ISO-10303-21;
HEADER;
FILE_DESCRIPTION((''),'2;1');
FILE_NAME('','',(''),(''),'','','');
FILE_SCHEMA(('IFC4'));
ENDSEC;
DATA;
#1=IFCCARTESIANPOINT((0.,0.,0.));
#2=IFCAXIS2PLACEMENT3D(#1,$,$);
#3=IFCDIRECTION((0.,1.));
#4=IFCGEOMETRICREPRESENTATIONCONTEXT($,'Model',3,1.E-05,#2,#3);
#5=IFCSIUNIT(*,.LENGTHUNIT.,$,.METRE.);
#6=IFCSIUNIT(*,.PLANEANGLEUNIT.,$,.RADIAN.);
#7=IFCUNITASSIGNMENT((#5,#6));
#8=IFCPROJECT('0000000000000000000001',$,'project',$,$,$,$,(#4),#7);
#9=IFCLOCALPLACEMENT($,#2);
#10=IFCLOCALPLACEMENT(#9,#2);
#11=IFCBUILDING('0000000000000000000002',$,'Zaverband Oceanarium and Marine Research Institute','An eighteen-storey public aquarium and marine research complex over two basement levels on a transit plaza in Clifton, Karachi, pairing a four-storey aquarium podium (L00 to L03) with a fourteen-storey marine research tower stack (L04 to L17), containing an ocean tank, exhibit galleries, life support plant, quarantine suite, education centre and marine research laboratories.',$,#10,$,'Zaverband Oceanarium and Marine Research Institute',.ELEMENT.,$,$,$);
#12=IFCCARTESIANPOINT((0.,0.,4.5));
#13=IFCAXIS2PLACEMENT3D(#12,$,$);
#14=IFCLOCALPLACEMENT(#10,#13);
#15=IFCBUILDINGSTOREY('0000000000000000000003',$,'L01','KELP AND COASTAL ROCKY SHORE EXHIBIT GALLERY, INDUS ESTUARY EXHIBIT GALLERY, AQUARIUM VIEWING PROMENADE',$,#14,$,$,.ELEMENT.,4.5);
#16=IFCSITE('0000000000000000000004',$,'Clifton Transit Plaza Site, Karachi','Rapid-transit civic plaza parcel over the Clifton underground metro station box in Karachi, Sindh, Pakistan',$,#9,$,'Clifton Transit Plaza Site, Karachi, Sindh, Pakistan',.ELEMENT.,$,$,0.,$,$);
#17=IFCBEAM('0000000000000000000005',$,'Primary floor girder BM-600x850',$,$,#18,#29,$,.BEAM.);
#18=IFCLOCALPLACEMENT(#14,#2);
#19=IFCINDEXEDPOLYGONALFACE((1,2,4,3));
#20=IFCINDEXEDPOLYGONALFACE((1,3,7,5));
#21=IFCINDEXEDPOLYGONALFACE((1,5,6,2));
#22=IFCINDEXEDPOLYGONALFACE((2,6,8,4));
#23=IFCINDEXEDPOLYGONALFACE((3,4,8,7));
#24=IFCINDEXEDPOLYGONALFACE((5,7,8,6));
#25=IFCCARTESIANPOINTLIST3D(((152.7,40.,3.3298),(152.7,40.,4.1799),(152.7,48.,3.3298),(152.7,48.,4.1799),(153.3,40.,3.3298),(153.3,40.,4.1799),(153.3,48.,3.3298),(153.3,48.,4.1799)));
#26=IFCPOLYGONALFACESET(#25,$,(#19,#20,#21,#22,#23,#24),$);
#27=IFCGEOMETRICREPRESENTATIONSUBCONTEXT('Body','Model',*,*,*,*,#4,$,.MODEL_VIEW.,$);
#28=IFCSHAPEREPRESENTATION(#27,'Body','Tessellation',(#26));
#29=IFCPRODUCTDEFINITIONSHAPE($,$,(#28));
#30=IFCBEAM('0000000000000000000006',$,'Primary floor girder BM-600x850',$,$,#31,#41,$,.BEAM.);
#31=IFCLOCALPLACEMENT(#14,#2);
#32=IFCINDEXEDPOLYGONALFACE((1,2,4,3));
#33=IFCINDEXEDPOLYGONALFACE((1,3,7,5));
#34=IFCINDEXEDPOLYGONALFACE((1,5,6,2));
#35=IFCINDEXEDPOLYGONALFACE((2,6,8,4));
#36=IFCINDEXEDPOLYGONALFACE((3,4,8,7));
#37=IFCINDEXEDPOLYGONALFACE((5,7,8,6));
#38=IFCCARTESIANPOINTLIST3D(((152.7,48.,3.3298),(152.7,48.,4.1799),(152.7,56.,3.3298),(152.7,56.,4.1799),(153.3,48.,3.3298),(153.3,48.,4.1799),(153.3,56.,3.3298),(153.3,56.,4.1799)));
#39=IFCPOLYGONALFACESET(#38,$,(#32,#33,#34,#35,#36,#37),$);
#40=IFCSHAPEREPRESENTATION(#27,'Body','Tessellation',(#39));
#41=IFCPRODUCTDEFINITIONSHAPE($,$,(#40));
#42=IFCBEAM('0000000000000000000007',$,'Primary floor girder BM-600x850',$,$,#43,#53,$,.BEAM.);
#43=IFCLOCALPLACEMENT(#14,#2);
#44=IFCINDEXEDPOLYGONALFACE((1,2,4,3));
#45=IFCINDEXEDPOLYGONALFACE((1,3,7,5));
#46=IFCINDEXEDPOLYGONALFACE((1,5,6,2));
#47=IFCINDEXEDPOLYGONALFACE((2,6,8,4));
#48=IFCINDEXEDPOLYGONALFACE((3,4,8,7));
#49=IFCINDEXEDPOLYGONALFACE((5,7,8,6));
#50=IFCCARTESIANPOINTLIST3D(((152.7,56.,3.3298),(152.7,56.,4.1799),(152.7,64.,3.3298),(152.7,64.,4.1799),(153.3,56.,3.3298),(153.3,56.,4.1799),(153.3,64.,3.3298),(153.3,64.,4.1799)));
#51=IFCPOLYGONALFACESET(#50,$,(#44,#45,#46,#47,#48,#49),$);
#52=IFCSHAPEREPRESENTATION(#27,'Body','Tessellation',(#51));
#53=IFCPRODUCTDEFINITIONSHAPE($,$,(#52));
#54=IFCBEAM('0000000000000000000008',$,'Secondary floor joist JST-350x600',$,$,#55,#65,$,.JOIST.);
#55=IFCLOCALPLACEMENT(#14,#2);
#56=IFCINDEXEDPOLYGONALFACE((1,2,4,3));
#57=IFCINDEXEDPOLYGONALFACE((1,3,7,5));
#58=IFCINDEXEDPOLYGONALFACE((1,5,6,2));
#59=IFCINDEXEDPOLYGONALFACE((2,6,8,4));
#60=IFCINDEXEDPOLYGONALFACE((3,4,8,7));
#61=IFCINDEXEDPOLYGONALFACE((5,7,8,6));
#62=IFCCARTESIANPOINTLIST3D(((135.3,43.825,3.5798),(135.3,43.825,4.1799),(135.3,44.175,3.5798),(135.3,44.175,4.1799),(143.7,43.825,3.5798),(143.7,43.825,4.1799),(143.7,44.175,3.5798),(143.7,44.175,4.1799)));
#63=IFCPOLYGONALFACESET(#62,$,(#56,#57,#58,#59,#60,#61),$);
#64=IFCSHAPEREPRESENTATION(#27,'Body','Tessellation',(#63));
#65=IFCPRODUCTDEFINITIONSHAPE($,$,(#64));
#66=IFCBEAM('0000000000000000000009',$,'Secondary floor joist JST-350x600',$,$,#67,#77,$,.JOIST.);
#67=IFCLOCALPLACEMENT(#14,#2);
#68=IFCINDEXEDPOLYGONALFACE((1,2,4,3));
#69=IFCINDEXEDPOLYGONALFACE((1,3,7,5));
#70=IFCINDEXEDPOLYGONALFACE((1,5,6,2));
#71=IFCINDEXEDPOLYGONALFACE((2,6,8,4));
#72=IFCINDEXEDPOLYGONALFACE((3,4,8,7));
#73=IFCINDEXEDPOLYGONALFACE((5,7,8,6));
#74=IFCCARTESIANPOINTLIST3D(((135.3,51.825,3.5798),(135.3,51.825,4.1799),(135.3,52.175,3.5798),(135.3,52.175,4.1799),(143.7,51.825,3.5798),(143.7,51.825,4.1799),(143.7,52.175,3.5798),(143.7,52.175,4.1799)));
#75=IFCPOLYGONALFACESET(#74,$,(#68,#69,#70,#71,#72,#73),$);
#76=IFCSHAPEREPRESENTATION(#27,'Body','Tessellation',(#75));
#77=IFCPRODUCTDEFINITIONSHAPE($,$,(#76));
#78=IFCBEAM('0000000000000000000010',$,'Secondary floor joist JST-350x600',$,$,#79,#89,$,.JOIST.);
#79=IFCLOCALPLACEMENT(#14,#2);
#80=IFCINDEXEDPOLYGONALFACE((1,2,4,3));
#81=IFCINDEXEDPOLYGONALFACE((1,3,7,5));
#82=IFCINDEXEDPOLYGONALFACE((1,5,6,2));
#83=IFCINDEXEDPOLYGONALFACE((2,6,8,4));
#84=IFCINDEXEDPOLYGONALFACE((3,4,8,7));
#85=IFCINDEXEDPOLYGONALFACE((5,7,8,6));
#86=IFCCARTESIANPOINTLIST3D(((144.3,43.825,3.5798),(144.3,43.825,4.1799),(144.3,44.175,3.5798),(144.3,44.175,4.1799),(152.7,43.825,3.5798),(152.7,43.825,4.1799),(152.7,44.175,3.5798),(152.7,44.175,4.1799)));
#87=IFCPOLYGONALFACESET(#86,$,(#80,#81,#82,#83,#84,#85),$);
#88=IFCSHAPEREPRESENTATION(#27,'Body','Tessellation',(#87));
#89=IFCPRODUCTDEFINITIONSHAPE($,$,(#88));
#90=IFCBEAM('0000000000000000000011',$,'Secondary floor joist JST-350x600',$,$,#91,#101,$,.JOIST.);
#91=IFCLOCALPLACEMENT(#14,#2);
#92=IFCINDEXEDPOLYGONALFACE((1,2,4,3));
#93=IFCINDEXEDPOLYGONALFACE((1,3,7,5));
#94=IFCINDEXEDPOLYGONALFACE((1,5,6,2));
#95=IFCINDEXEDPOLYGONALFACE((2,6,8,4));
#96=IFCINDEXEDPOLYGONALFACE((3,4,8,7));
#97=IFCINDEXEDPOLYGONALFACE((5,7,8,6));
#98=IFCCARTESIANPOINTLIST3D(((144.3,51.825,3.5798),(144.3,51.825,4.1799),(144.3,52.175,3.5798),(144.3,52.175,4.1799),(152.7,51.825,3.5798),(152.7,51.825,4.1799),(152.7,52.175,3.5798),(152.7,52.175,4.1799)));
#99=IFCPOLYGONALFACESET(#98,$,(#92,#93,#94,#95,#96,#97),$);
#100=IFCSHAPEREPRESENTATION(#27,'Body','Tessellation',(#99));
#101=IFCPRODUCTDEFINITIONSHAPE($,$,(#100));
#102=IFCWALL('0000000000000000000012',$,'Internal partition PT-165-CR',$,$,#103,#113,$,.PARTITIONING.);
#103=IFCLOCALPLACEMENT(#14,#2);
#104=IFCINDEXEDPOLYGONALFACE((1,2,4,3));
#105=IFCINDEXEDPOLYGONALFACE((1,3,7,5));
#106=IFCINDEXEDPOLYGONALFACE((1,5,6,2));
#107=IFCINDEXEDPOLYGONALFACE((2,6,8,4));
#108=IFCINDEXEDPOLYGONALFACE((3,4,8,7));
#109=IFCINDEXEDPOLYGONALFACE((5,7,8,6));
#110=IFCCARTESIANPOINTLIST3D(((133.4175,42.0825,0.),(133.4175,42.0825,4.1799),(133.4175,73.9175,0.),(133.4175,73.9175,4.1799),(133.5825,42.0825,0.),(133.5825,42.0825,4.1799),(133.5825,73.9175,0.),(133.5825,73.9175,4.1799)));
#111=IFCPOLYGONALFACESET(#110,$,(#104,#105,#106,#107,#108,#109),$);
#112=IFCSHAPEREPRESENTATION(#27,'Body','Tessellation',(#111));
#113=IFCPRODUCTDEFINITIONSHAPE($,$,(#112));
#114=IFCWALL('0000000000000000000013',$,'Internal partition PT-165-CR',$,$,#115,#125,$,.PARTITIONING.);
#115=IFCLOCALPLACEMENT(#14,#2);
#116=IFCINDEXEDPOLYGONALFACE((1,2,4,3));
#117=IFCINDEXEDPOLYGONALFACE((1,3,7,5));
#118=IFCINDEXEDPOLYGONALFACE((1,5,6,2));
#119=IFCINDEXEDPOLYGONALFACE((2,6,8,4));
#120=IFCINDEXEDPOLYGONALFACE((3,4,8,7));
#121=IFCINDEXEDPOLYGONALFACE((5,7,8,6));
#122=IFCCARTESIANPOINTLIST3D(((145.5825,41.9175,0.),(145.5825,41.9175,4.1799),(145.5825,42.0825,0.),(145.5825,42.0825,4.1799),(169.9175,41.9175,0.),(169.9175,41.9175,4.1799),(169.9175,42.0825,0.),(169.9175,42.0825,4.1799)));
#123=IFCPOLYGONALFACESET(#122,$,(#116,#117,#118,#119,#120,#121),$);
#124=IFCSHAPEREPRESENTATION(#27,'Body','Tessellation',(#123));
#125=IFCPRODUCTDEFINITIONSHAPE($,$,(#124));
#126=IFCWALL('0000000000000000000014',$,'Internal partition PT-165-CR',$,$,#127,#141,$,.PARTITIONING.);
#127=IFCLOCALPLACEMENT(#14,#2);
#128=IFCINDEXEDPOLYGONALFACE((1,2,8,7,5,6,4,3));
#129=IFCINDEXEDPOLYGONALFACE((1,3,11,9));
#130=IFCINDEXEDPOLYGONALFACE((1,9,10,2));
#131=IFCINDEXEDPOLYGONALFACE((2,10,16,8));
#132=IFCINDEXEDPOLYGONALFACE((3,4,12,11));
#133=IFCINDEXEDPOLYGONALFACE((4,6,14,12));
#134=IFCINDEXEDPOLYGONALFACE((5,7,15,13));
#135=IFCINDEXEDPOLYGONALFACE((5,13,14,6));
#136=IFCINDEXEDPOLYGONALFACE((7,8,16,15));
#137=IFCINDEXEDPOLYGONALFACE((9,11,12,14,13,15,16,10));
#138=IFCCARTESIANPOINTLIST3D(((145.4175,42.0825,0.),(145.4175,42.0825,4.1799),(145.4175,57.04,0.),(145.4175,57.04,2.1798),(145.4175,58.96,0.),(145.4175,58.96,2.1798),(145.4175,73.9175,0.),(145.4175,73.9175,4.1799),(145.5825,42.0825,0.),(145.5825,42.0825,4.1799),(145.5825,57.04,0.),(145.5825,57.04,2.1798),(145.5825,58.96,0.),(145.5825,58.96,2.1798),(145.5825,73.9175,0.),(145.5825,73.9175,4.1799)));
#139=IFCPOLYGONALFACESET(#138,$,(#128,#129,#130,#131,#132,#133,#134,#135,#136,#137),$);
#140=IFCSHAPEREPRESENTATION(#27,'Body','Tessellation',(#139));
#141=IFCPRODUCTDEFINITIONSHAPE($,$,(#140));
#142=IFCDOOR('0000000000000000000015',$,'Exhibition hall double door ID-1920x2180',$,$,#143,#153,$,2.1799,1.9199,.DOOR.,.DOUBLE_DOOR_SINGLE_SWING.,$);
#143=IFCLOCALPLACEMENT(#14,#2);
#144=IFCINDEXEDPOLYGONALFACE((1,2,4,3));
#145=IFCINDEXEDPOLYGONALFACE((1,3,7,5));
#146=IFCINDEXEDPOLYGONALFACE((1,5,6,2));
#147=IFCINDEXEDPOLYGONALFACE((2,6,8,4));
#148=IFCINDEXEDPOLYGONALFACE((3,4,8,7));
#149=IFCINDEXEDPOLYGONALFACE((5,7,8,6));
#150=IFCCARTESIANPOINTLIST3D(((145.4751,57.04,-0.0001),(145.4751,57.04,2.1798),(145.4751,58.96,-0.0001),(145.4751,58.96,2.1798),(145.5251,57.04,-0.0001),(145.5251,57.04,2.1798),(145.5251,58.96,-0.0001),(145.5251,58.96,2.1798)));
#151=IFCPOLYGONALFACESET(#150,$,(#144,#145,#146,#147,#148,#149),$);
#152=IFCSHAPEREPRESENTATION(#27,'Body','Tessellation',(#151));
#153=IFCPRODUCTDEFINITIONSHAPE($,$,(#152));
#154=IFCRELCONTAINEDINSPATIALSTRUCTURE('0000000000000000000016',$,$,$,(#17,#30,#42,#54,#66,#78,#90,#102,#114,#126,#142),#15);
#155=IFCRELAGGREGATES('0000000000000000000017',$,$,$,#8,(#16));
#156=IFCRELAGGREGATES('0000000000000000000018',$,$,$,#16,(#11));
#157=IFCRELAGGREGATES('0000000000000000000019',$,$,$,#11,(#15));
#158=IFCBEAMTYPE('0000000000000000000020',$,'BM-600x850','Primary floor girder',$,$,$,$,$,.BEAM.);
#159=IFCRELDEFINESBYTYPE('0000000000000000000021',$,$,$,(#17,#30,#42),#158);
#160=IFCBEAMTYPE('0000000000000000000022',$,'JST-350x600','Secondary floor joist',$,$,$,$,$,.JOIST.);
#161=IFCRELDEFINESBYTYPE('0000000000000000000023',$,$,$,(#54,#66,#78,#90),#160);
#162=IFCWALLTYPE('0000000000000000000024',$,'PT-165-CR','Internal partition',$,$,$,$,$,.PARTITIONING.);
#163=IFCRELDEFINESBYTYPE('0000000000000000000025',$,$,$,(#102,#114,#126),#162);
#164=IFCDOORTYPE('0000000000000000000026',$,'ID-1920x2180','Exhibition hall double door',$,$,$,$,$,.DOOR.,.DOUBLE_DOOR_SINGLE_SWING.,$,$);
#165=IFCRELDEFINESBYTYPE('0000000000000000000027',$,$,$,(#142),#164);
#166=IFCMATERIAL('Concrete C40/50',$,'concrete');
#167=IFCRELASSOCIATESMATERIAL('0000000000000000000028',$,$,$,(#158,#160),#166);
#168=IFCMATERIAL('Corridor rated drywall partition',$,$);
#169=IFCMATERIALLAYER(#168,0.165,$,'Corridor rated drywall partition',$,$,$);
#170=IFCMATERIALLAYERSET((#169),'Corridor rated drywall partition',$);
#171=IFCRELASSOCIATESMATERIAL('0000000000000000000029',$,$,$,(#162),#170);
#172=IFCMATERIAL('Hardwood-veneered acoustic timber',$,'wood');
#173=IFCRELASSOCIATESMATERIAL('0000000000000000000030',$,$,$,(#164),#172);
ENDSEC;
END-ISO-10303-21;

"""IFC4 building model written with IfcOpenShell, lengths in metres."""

from ifc_helpers import new_model, si_unit, direction, frame, frame_2d, origin, origin_2d, place, context, subcontext, project, spatial, rectangle, extrude, material, layer, layer_set, material_profile, profile_set, type_object, element, fill, save


model = new_model("IFC4")

# Units and contexts
model_context = context("Model", 3, precision=1e-05, world=origin(), true_north=direction((0.0, 1.0)))
body_context = subcontext(model_context, "Body", "Model", "MODEL_VIEW")
ifc_project = project(units=[si_unit("LENGTHUNIT", "METRE"), si_unit("PLANEANGLEUNIT", "RADIAN")], contexts=[model_context])

# Site, building, storey
site_placement = place(None, origin())
site = spatial("IfcSite", under=ifc_project, at=site_placement, Name="Clifton Transit Plaza Site, Karachi", Description="Rapid-transit civic plaza parcel over the Clifton underground metro station box in Karachi, Sindh, Pakistan", LongName="Clifton Transit Plaza Site, Karachi, Sindh, Pakistan", CompositionType="ELEMENT", RefElevation=0.0)
building_placement = place(site_placement, origin())
building = spatial("IfcBuilding", under=site, at=building_placement, Name="Zaverband Oceanarium and Marine Research Institute", Description="An eighteen-storey public aquarium and marine research complex over two basement levels on a transit plaza in Clifton, Karachi, pairing a four-storey aquarium podium (L00 to L03) with a fourteen-storey marine research tower stack (L04 to L17), containing an ocean tank, exhibit galleries, life support plant, quarantine suite, education centre and marine research laboratories.", LongName="Zaverband Oceanarium and Marine Research Institute", CompositionType="ELEMENT")
storey_placement = place(building_placement, frame((0.0, 0.0, 4.5)))
storey = spatial("IfcBuildingStorey", under=building, at=storey_placement, Name="L01", Description="KELP AND COASTAL ROCKY SHORE EXHIBIT GALLERY, INDUS ESTUARY EXHIBIT GALLERY, AQUARIUM VIEWING PROMENADE", CompositionType="ELEMENT", Elevation=4.5)

# Beams
ifc_material_1 = material(Name="Concrete C40/50", Category="concrete")
ifc_material_profile_1 = material_profile(ifc_material_1, rectangle(XDim=0.6001, YDim=0.8501, at=origin_2d()), Name="RC600x850")
ifc_profile_set_1 = profile_set([ifc_material_profile_1], Name="Concrete C40/50")
beam_type_1 = type_object("IfcBeamType", Name="BM-600x850", Description="Primary floor girder", PredefinedType="BEAM", material=ifc_profile_set_1)
for number, where, z_axis, x_axis, name in (
    (1, (153.0, 40.0, 3.7549), (0.0, 1.0, 0.0), (-1.0, 0.0, 0.0), "Primary floor girder BM-600x850"),
    (2, (153.0, 48.0, 3.7549), (0.0, 1.0, 0.0), (-1.0, 0.0, 0.0), "Primary floor girder BM-600x850"),
    (3, (153.0, 56.0, 3.7549), (0.0, 1.0, 0.0), (-1.0, 0.0, 0.0), "Primary floor girder BM-600x850"),
):
    element("IfcBeam", number, at=place(storey_placement, frame(where, z_axis=z_axis, x_axis=x_axis)), inside=storey, type_object=beam_type_1, Name=name, PredefinedType="BEAM", context=body_context, shape_type="SweptSolid", body=[
        extrude(rectangle(XDim=0.6001, YDim=0.8501, at=origin_2d()), origin(), (0.0, 0.0, 1.0), 8.0),
    ])
ifc_material_profile_2 = material_profile(ifc_material_1, rectangle(XDim=0.3501, YDim=0.6001, at=origin_2d()), Name="RC350x600")
ifc_profile_set_2 = profile_set([ifc_material_profile_2], Name="Concrete C40/50")
beam_type_2 = type_object("IfcBeamType", Name="JST-350x600", Description="Secondary floor joist", PredefinedType="JOIST", material=ifc_profile_set_2)
for number, where, z_axis, x_axis, name in (
    (4, (135.3, 44.0, 3.8799), (1.0, 0.0, 0.0), (0.0, 1.0, 0.0), "Secondary floor joist JST-350x600"),
    (5, (135.3, 52.0, 3.8799), (1.0, 0.0, 0.0), (0.0, 1.0, 0.0), "Secondary floor joist JST-350x600"),
    (6, (144.3, 44.0, 3.8799), (1.0, 0.0, 0.0), (0.0, 1.0, 0.0), "Secondary floor joist JST-350x600"),
    (7, (144.3, 52.0, 3.8799), (1.0, 0.0, 0.0), (0.0, 1.0, 0.0), "Secondary floor joist JST-350x600"),
):
    element("IfcBeam", number, at=place(storey_placement, frame(where, z_axis=z_axis, x_axis=x_axis)), inside=storey, type_object=beam_type_2, Name=name, PredefinedType="JOIST", context=body_context, shape_type="SweptSolid", body=[
        extrude(rectangle(XDim=0.3501, YDim=0.6001, at=origin_2d()), origin(), (0.0, 0.0, 1.0), 8.3999),
    ])

# Walls
ifc_material_2 = material(Name="Corridor rated drywall partition")
ifc_layer = layer(ifc_material_2, 0.165, Name="Corridor rated drywall partition")
ifc_layer_set = layer_set([ifc_layer], Name="Corridor rated drywall partition")
wall_type = type_object("IfcWallType", Name="PT-165-CR", Description="Internal partition", PredefinedType="PARTITIONING", material=ifc_layer_set)
wall_1_placement = place(storey_placement, frame((133.5, 42.0825, 0.0), z_axis=(0.0, 0.0, 1.0), x_axis=(0.0, 1.0, 0.0)))
element("IfcWall", 8, at=wall_1_placement, inside=storey, type_object=wall_type, Name="Internal partition PT-165-CR", PredefinedType="PARTITIONING", context=body_context, shape_type="SweptSolid", body=[
    extrude(rectangle(XDim=31.835, YDim=0.165, at=frame_2d((15.9175, 0.0))), origin(), (0.0, 0.0, 1.0), 4.1799),
])
wall_2_placement = place(storey_placement, frame((145.5825, 42.0, 0.0), z_axis=(0.0, 0.0, 1.0), x_axis=(1.0, 0.0, 0.0)))
element("IfcWall", 9, at=wall_2_placement, inside=storey, type_object=wall_type, Name="Internal partition PT-165-CR", PredefinedType="PARTITIONING", context=body_context, shape_type="SweptSolid", body=[
    extrude(rectangle(XDim=24.335, YDim=0.165, at=frame_2d((12.1675, 0.0))), origin(), (0.0, 0.0, 1.0), 4.1799),
])

# Wall, opening, door
wall_3_placement = place(storey_placement, frame((145.5, 42.0825, 0.0), z_axis=(0.0, 0.0, 1.0), x_axis=(0.0, 1.0, 0.0)))
wall_3 = element("IfcWall", 10, at=wall_3_placement, inside=storey, type_object=wall_type, Name="Internal partition PT-165-CR", PredefinedType="PARTITIONING", context=body_context, shape_type="SweptSolid", body=[
    extrude(rectangle(XDim=31.835, YDim=0.165, at=frame_2d((15.9175, 0.0))), origin(), (0.0, 0.0, 1.0), 4.1799),
])
opening_placement = place(wall_3_placement, frame((14.9575, 0.0, 0.0)))
opening = element("IfcOpeningElement", 11, at=opening_placement, cuts=wall_3, PredefinedType="OPENING", context=body_context, shape_type="SweptSolid", body=[
    extrude(rectangle(XDim=1.9199, YDim=2.1799, at=frame_2d((0.96, 1.0898))), frame((0.0, 0.0945, 0.0), z_axis=(0.0, -1.0, 0.0), x_axis=(1.0, 0.0, 0.0)), (0.0, 0.0, 1.0), 0.189),
])
ifc_material_3 = material(Name="Hardwood-veneered acoustic timber", Category="wood")
door_type = type_object("IfcDoorType", Name="ID-1920x2180", Description="Exhibition hall double door", OperationType="DOUBLE_DOOR_SINGLE_SWING", PredefinedType="DOOR", material=ifc_material_3)
door_placement = place(opening_placement, origin())
door = element("IfcDoor", 12, at=door_placement, inside=storey, type_object=door_type, Name="Exhibition hall double door ID-1920x2180", OperationType="DOUBLE_DOOR_SINGLE_SWING", OverallHeight=2.1799, OverallWidth=1.9199, PredefinedType="DOOR", context=body_context, shape_type="SweptSolid", body=[
    extrude(rectangle(XDim=1.9199, YDim=2.1799, at=frame_2d((0.96, 1.0898))), frame((0.0, 0.0249, 0.0), z_axis=(0.0, -1.0, 0.0), x_axis=(1.0, 0.0, 0.0)), (0.0, 0.0, 1.0), 0.05),
])
fill(opening, door)

save(model, "model.ifc")
